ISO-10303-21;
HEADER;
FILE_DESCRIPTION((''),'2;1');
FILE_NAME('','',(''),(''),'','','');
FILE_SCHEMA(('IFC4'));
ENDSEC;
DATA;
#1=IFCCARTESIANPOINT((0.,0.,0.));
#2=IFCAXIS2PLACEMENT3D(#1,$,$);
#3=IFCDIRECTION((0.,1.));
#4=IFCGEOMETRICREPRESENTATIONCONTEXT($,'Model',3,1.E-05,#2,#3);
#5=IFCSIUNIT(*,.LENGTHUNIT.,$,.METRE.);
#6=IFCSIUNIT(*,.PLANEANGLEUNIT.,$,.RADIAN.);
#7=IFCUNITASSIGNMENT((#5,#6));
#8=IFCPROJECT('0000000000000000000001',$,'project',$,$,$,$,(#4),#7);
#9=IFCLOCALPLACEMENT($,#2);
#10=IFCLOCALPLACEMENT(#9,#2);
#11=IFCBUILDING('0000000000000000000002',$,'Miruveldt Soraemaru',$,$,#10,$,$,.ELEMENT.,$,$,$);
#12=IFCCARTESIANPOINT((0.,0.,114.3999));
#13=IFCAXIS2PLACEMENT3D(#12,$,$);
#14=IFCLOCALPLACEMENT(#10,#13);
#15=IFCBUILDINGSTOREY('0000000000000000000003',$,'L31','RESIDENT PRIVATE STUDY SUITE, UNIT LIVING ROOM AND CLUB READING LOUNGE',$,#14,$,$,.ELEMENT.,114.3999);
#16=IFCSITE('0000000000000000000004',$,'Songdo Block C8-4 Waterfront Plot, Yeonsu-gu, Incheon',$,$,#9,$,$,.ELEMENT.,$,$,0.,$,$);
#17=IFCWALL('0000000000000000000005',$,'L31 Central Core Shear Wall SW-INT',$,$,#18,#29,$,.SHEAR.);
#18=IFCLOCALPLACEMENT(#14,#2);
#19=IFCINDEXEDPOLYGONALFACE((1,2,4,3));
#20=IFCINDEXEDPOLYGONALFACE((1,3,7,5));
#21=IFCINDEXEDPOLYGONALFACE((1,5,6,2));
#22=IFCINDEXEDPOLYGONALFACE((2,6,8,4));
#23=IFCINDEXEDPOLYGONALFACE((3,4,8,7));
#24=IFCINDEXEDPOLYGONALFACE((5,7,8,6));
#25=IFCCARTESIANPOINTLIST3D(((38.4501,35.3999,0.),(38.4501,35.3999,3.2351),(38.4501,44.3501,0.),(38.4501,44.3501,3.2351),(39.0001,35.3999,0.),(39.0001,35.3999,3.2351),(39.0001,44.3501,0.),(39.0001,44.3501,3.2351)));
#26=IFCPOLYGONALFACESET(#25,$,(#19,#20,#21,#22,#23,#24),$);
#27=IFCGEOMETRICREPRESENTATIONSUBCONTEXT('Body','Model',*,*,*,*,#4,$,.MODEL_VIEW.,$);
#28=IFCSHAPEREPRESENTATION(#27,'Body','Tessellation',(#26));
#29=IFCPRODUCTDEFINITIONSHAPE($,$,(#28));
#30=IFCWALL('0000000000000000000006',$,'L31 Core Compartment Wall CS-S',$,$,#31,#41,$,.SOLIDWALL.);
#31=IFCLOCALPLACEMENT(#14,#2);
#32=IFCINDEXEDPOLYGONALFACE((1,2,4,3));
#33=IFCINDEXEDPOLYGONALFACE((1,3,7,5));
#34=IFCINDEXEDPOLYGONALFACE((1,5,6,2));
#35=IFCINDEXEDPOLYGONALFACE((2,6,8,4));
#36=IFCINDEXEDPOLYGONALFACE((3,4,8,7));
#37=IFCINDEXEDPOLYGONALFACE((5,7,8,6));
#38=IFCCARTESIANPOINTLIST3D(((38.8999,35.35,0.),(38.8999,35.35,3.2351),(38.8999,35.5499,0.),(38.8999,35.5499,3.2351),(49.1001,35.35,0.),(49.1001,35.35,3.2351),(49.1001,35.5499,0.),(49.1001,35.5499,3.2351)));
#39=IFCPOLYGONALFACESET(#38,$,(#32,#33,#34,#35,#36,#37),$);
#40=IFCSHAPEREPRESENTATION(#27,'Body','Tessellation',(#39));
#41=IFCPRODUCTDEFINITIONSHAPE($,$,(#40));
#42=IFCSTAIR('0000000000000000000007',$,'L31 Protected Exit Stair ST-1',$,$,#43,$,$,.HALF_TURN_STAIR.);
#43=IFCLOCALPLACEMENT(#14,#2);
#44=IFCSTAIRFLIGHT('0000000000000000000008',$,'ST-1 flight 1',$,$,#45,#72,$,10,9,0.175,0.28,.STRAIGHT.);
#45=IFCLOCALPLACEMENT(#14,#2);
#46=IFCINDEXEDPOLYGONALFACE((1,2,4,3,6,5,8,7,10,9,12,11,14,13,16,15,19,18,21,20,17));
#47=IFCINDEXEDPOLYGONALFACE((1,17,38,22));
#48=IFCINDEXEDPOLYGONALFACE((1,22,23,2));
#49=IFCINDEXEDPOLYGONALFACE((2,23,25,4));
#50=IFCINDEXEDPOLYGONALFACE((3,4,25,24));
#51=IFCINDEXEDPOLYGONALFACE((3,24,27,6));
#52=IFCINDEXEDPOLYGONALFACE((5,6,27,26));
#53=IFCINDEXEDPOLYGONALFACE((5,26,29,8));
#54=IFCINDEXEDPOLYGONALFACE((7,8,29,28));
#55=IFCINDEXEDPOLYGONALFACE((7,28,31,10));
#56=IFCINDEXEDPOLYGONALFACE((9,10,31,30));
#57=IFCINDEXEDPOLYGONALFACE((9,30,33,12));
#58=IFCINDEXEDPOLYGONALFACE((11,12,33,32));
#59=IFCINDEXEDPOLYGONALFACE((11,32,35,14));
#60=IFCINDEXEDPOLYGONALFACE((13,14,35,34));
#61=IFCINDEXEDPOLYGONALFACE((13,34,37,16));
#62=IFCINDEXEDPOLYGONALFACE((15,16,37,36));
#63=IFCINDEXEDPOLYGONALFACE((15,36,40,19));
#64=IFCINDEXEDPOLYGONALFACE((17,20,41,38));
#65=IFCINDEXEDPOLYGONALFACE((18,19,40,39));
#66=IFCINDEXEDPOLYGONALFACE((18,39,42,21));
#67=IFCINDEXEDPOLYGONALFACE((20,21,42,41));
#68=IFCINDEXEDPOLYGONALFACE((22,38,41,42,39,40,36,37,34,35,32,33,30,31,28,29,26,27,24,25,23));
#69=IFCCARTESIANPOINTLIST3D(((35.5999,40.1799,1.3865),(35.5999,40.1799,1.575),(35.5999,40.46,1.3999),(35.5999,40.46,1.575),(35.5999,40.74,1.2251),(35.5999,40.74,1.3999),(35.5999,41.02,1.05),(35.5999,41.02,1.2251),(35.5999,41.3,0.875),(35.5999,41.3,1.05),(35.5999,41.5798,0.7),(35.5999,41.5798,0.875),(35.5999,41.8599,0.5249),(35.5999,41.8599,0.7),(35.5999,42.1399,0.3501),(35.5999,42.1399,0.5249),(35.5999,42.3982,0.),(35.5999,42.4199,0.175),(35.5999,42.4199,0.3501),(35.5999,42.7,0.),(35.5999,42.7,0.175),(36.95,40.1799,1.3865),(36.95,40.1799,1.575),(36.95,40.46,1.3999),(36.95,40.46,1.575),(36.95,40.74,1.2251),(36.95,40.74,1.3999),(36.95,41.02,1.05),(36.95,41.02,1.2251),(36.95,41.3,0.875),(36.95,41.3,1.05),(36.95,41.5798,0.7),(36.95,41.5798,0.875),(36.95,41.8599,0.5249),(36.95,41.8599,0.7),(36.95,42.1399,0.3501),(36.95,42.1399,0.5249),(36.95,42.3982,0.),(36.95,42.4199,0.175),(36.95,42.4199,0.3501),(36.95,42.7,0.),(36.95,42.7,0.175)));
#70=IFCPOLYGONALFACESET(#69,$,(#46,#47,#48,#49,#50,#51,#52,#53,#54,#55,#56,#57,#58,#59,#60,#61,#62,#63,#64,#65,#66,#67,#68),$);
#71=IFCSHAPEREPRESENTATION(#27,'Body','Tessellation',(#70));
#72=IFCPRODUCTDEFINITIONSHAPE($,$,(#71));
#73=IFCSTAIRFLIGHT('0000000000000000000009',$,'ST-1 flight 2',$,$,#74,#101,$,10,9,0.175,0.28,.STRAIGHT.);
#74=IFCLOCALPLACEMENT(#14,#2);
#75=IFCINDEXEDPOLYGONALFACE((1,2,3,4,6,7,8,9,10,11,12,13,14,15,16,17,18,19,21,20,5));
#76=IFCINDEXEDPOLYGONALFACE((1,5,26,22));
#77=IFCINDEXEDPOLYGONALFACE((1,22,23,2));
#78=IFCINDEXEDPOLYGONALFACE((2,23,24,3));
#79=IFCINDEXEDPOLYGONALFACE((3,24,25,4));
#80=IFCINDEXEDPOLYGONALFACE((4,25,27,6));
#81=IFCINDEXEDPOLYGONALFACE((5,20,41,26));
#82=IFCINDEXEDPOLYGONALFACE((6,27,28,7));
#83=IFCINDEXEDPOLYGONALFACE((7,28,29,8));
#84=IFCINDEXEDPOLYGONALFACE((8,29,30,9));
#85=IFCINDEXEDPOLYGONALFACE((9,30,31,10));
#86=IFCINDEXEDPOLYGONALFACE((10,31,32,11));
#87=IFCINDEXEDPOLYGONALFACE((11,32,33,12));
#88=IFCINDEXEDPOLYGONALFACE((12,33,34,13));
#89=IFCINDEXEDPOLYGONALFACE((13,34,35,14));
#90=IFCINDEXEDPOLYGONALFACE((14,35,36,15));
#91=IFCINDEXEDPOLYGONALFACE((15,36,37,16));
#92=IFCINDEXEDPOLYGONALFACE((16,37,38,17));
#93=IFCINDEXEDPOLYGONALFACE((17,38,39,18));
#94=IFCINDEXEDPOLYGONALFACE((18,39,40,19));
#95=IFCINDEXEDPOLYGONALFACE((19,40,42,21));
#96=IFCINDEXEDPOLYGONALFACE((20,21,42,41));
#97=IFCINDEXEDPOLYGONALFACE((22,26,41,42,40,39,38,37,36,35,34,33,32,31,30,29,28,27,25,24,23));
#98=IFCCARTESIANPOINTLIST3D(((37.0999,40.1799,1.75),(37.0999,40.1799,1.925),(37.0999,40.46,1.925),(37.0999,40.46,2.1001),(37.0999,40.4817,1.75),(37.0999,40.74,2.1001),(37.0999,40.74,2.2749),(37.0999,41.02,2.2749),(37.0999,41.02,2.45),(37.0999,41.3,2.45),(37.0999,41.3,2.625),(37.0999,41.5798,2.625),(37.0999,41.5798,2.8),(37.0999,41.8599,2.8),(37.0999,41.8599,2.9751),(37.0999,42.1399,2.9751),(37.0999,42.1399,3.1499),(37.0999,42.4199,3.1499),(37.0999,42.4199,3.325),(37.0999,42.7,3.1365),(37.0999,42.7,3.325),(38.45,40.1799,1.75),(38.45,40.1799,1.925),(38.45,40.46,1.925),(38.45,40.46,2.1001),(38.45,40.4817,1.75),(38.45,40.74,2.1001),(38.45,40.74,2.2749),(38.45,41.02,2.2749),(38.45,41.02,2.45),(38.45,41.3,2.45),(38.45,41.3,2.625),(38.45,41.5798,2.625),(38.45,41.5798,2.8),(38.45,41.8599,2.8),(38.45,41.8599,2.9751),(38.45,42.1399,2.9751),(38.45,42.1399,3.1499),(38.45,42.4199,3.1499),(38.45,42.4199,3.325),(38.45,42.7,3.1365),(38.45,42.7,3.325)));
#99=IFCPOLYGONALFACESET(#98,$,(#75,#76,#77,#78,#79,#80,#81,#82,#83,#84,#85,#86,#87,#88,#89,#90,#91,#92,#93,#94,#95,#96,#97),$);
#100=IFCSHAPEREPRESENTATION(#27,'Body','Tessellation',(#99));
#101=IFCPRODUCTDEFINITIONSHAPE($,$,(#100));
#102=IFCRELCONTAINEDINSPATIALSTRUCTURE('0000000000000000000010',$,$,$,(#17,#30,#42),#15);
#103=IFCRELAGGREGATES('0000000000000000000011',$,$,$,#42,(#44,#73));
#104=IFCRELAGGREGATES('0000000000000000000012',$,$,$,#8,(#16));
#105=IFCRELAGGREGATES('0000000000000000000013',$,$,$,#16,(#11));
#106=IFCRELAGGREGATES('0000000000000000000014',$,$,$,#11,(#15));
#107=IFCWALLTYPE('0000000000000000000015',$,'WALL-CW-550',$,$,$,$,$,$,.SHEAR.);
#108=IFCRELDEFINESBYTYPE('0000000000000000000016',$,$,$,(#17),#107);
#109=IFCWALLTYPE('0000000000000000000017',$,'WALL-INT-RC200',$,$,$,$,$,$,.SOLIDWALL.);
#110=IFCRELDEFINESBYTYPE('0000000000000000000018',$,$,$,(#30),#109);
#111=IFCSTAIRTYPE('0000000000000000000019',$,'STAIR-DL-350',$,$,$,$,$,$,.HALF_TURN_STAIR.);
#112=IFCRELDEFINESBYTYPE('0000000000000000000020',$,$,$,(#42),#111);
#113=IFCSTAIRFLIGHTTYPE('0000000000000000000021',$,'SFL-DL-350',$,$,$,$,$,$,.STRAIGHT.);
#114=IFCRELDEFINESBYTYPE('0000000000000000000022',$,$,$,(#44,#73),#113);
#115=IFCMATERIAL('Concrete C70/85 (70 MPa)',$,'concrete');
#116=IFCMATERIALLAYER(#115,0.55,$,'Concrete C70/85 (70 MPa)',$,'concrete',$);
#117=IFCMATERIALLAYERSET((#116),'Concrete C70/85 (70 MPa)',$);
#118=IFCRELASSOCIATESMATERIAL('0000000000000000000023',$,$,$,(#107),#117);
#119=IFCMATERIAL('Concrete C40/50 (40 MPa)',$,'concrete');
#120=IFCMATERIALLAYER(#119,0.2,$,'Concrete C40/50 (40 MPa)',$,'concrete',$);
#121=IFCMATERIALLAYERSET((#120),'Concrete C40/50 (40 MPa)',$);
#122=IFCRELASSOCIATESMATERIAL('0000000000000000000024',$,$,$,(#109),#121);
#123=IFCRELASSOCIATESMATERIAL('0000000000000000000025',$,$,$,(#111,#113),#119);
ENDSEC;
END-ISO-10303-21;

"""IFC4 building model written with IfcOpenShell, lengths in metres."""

from ifc_helpers import new_model, si_unit, direction, frame, frame_2d, origin, place, context, subcontext, project, spatial, polyline, rectangle, outline, extrude, material, layer, layer_set, type_object, element, aggregate, save


model = new_model("IFC4")

# Units and contexts
model_context = context("Model", 3, precision=1e-05, world=origin(), true_north=direction((0.0, 1.0)))
body_context = subcontext(model_context, "Body", "Model", "MODEL_VIEW")
ifc_project = project(units=[si_unit("LENGTHUNIT", "METRE"), si_unit("PLANEANGLEUNIT", "RADIAN")], contexts=[model_context])

# Site, building, storey
site_placement = place(None, origin())
site = spatial("IfcSite", under=ifc_project, at=site_placement, Name="Songdo Block C8-4 Waterfront Plot, Yeonsu-gu, Incheon", CompositionType="ELEMENT", RefElevation=0.0)
building_placement = place(site_placement, origin())
building = spatial("IfcBuilding", under=site, at=building_placement, Name="Miruveldt Soraemaru", CompositionType="ELEMENT")
storey_placement = place(building_placement, frame((0.0, 0.0, 114.3999)))
storey = spatial("IfcBuildingStorey", under=building, at=storey_placement, Name="L31", Description="RESIDENT PRIVATE STUDY SUITE, UNIT LIVING ROOM AND CLUB READING LOUNGE", CompositionType="ELEMENT", Elevation=114.3999)

# Wall
ifc_material_1 = material(Name="Concrete C70/85 (70 MPa)", Category="concrete")
ifc_layer_1 = layer(ifc_material_1, 0.55, Name="Concrete C70/85 (70 MPa)", Category="concrete")
ifc_layer_set_1 = layer_set([ifc_layer_1], Name="Concrete C70/85 (70 MPa)")
wall_type_1 = type_object("IfcWallType", Name="WALL-CW-550", PredefinedType="SHEAR", material=ifc_layer_set_1)
wall_1_placement = place(storey_placement, frame((38.7251, 35.3999, 0.0), z_axis=(0.0, 0.0, 1.0), x_axis=(0.0, 1.0, 0.0)))
element("IfcWall", 1, at=wall_1_placement, inside=storey, type_object=wall_type_1, Name="L31 Central Core Shear Wall SW-INT", PredefinedType="SHEAR", context=body_context, shape_type="SweptSolid", body=[
    extrude(rectangle(XDim=8.9502, YDim=0.55, at=frame_2d((4.4751, 0.0))), origin(), (0.0, 0.0, 1.0), 3.2351),
])

# Shared definitions
ifc_material_2 = material(Name="Concrete C40/50 (40 MPa)", Category="concrete")

# Wall
ifc_layer_2 = layer(ifc_material_2, 0.2, Name="Concrete C40/50 (40 MPa)", Category="concrete")
ifc_layer_set_2 = layer_set([ifc_layer_2], Name="Concrete C40/50 (40 MPa)")
wall_type_2 = type_object("IfcWallType", Name="WALL-INT-RC200", PredefinedType="SOLIDWALL", material=ifc_layer_set_2)
wall_2_placement = place(storey_placement, frame((38.8999, 35.45, 0.0), z_axis=(0.0, 0.0, 1.0), x_axis=(1.0, 0.0, 0.0)))
element("IfcWall", 2, at=wall_2_placement, inside=storey, type_object=wall_type_2, Name="L31 Core Compartment Wall CS-S", PredefinedType="SOLIDWALL", context=body_context, shape_type="SweptSolid", body=[
    extrude(rectangle(XDim=10.2002, YDim=0.2, at=frame_2d((5.1001, 0.0))), origin(), (0.0, 0.0, 1.0), 3.2351),
])

# Stair, stair flights
stair_type = type_object("IfcStairType", Name="STAIR-DL-350", PredefinedType="HALF_TURN_STAIR", material=ifc_material_2)
stair_placement = place(storey_placement, origin())
stair = element("IfcStair", 3, at=stair_placement, inside=storey, type_object=stair_type, Name="L31 Protected Exit Stair ST-1", PredefinedType="HALF_TURN_STAIR")
stair_flight_type = type_object("IfcStairFlightType", Name="SFL-DL-350", PredefinedType="STRAIGHT", material=ifc_material_2)
stair_flight_1_placement = place(storey_placement, frame((36.2749, 42.7, 0.0), z_axis=(0.0, 0.0, 1.0), x_axis=(0.0, -1.0, 0.0)))
stair_flight_1 = element("IfcStairFlight", 4, at=stair_flight_1_placement, type_object=stair_flight_type, Name="ST-1 flight 1", NumberOfRisers=10, NumberOfTreads=9, PredefinedType="STRAIGHT", RiserHeight=0.175, TreadLength=0.28, context=body_context, shape_type="SweptSolid", body=[
    extrude(outline(polyline([(0.0, 0.0), (0.0, 0.175), (0.28, 0.175), (0.28, 0.3501), (0.5601, 0.3501), (0.5601, 0.5249), (0.8401, 0.5249), (0.8401, 0.7), (1.1201, 0.7), (1.1201, 0.875), (1.3999, 0.875), (1.3999, 1.05), (1.6799, 1.05), (1.6799, 1.2251), (1.96, 1.2251), (1.96, 1.3999), (2.24, 1.3999), (2.24, 1.575), (2.52, 1.575), (2.52, 1.75), (2.52, 1.3865), (0.3018, 0.0), (0.0, 0.0)])), frame((0.0, 0.675, 0.0), z_axis=(0.0, -1.0, 0.0), x_axis=(1.0, 0.0, 0.0)), (0.0, 0.0, 1.0), 1.3501),
])
stair_flight_2_placement = place(storey_placement, frame((37.7749, 40.1799, 1.75), z_axis=(0.0, 0.0, 1.0), x_axis=(0.0, 1.0, 0.0)))
stair_flight_2 = element("IfcStairFlight", 5, at=stair_flight_2_placement, type_object=stair_flight_type, Name="ST-1 flight 2", NumberOfRisers=10, NumberOfTreads=9, PredefinedType="STRAIGHT", RiserHeight=0.175, TreadLength=0.28, context=body_context, shape_type="SweptSolid", body=[
    extrude(outline(polyline([(0.0, 0.0), (0.0, 0.175), (0.28, 0.175), (0.28, 0.3501), (0.5601, 0.3501), (0.5601, 0.5249), (0.8401, 0.5249), (0.8401, 0.7), (1.1201, 0.7), (1.1201, 0.875), (1.3999, 0.875), (1.3999, 1.05), (1.6799, 1.05), (1.6799, 1.2251), (1.96, 1.2251), (1.96, 1.3999), (2.24, 1.3999), (2.24, 1.575), (2.52, 1.575), (2.52, 1.75), (2.52, 1.3865), (0.3018, 0.0), (0.0, 0.0)])), frame((0.0, 0.675, 0.0), z_axis=(0.0, -1.0, 0.0), x_axis=(1.0, 0.0, 0.0)), (0.0, 0.0, 1.0), 1.3501),
])
aggregate(stair, [stair_flight_1, stair_flight_2])

save(model, "model.ifc")
